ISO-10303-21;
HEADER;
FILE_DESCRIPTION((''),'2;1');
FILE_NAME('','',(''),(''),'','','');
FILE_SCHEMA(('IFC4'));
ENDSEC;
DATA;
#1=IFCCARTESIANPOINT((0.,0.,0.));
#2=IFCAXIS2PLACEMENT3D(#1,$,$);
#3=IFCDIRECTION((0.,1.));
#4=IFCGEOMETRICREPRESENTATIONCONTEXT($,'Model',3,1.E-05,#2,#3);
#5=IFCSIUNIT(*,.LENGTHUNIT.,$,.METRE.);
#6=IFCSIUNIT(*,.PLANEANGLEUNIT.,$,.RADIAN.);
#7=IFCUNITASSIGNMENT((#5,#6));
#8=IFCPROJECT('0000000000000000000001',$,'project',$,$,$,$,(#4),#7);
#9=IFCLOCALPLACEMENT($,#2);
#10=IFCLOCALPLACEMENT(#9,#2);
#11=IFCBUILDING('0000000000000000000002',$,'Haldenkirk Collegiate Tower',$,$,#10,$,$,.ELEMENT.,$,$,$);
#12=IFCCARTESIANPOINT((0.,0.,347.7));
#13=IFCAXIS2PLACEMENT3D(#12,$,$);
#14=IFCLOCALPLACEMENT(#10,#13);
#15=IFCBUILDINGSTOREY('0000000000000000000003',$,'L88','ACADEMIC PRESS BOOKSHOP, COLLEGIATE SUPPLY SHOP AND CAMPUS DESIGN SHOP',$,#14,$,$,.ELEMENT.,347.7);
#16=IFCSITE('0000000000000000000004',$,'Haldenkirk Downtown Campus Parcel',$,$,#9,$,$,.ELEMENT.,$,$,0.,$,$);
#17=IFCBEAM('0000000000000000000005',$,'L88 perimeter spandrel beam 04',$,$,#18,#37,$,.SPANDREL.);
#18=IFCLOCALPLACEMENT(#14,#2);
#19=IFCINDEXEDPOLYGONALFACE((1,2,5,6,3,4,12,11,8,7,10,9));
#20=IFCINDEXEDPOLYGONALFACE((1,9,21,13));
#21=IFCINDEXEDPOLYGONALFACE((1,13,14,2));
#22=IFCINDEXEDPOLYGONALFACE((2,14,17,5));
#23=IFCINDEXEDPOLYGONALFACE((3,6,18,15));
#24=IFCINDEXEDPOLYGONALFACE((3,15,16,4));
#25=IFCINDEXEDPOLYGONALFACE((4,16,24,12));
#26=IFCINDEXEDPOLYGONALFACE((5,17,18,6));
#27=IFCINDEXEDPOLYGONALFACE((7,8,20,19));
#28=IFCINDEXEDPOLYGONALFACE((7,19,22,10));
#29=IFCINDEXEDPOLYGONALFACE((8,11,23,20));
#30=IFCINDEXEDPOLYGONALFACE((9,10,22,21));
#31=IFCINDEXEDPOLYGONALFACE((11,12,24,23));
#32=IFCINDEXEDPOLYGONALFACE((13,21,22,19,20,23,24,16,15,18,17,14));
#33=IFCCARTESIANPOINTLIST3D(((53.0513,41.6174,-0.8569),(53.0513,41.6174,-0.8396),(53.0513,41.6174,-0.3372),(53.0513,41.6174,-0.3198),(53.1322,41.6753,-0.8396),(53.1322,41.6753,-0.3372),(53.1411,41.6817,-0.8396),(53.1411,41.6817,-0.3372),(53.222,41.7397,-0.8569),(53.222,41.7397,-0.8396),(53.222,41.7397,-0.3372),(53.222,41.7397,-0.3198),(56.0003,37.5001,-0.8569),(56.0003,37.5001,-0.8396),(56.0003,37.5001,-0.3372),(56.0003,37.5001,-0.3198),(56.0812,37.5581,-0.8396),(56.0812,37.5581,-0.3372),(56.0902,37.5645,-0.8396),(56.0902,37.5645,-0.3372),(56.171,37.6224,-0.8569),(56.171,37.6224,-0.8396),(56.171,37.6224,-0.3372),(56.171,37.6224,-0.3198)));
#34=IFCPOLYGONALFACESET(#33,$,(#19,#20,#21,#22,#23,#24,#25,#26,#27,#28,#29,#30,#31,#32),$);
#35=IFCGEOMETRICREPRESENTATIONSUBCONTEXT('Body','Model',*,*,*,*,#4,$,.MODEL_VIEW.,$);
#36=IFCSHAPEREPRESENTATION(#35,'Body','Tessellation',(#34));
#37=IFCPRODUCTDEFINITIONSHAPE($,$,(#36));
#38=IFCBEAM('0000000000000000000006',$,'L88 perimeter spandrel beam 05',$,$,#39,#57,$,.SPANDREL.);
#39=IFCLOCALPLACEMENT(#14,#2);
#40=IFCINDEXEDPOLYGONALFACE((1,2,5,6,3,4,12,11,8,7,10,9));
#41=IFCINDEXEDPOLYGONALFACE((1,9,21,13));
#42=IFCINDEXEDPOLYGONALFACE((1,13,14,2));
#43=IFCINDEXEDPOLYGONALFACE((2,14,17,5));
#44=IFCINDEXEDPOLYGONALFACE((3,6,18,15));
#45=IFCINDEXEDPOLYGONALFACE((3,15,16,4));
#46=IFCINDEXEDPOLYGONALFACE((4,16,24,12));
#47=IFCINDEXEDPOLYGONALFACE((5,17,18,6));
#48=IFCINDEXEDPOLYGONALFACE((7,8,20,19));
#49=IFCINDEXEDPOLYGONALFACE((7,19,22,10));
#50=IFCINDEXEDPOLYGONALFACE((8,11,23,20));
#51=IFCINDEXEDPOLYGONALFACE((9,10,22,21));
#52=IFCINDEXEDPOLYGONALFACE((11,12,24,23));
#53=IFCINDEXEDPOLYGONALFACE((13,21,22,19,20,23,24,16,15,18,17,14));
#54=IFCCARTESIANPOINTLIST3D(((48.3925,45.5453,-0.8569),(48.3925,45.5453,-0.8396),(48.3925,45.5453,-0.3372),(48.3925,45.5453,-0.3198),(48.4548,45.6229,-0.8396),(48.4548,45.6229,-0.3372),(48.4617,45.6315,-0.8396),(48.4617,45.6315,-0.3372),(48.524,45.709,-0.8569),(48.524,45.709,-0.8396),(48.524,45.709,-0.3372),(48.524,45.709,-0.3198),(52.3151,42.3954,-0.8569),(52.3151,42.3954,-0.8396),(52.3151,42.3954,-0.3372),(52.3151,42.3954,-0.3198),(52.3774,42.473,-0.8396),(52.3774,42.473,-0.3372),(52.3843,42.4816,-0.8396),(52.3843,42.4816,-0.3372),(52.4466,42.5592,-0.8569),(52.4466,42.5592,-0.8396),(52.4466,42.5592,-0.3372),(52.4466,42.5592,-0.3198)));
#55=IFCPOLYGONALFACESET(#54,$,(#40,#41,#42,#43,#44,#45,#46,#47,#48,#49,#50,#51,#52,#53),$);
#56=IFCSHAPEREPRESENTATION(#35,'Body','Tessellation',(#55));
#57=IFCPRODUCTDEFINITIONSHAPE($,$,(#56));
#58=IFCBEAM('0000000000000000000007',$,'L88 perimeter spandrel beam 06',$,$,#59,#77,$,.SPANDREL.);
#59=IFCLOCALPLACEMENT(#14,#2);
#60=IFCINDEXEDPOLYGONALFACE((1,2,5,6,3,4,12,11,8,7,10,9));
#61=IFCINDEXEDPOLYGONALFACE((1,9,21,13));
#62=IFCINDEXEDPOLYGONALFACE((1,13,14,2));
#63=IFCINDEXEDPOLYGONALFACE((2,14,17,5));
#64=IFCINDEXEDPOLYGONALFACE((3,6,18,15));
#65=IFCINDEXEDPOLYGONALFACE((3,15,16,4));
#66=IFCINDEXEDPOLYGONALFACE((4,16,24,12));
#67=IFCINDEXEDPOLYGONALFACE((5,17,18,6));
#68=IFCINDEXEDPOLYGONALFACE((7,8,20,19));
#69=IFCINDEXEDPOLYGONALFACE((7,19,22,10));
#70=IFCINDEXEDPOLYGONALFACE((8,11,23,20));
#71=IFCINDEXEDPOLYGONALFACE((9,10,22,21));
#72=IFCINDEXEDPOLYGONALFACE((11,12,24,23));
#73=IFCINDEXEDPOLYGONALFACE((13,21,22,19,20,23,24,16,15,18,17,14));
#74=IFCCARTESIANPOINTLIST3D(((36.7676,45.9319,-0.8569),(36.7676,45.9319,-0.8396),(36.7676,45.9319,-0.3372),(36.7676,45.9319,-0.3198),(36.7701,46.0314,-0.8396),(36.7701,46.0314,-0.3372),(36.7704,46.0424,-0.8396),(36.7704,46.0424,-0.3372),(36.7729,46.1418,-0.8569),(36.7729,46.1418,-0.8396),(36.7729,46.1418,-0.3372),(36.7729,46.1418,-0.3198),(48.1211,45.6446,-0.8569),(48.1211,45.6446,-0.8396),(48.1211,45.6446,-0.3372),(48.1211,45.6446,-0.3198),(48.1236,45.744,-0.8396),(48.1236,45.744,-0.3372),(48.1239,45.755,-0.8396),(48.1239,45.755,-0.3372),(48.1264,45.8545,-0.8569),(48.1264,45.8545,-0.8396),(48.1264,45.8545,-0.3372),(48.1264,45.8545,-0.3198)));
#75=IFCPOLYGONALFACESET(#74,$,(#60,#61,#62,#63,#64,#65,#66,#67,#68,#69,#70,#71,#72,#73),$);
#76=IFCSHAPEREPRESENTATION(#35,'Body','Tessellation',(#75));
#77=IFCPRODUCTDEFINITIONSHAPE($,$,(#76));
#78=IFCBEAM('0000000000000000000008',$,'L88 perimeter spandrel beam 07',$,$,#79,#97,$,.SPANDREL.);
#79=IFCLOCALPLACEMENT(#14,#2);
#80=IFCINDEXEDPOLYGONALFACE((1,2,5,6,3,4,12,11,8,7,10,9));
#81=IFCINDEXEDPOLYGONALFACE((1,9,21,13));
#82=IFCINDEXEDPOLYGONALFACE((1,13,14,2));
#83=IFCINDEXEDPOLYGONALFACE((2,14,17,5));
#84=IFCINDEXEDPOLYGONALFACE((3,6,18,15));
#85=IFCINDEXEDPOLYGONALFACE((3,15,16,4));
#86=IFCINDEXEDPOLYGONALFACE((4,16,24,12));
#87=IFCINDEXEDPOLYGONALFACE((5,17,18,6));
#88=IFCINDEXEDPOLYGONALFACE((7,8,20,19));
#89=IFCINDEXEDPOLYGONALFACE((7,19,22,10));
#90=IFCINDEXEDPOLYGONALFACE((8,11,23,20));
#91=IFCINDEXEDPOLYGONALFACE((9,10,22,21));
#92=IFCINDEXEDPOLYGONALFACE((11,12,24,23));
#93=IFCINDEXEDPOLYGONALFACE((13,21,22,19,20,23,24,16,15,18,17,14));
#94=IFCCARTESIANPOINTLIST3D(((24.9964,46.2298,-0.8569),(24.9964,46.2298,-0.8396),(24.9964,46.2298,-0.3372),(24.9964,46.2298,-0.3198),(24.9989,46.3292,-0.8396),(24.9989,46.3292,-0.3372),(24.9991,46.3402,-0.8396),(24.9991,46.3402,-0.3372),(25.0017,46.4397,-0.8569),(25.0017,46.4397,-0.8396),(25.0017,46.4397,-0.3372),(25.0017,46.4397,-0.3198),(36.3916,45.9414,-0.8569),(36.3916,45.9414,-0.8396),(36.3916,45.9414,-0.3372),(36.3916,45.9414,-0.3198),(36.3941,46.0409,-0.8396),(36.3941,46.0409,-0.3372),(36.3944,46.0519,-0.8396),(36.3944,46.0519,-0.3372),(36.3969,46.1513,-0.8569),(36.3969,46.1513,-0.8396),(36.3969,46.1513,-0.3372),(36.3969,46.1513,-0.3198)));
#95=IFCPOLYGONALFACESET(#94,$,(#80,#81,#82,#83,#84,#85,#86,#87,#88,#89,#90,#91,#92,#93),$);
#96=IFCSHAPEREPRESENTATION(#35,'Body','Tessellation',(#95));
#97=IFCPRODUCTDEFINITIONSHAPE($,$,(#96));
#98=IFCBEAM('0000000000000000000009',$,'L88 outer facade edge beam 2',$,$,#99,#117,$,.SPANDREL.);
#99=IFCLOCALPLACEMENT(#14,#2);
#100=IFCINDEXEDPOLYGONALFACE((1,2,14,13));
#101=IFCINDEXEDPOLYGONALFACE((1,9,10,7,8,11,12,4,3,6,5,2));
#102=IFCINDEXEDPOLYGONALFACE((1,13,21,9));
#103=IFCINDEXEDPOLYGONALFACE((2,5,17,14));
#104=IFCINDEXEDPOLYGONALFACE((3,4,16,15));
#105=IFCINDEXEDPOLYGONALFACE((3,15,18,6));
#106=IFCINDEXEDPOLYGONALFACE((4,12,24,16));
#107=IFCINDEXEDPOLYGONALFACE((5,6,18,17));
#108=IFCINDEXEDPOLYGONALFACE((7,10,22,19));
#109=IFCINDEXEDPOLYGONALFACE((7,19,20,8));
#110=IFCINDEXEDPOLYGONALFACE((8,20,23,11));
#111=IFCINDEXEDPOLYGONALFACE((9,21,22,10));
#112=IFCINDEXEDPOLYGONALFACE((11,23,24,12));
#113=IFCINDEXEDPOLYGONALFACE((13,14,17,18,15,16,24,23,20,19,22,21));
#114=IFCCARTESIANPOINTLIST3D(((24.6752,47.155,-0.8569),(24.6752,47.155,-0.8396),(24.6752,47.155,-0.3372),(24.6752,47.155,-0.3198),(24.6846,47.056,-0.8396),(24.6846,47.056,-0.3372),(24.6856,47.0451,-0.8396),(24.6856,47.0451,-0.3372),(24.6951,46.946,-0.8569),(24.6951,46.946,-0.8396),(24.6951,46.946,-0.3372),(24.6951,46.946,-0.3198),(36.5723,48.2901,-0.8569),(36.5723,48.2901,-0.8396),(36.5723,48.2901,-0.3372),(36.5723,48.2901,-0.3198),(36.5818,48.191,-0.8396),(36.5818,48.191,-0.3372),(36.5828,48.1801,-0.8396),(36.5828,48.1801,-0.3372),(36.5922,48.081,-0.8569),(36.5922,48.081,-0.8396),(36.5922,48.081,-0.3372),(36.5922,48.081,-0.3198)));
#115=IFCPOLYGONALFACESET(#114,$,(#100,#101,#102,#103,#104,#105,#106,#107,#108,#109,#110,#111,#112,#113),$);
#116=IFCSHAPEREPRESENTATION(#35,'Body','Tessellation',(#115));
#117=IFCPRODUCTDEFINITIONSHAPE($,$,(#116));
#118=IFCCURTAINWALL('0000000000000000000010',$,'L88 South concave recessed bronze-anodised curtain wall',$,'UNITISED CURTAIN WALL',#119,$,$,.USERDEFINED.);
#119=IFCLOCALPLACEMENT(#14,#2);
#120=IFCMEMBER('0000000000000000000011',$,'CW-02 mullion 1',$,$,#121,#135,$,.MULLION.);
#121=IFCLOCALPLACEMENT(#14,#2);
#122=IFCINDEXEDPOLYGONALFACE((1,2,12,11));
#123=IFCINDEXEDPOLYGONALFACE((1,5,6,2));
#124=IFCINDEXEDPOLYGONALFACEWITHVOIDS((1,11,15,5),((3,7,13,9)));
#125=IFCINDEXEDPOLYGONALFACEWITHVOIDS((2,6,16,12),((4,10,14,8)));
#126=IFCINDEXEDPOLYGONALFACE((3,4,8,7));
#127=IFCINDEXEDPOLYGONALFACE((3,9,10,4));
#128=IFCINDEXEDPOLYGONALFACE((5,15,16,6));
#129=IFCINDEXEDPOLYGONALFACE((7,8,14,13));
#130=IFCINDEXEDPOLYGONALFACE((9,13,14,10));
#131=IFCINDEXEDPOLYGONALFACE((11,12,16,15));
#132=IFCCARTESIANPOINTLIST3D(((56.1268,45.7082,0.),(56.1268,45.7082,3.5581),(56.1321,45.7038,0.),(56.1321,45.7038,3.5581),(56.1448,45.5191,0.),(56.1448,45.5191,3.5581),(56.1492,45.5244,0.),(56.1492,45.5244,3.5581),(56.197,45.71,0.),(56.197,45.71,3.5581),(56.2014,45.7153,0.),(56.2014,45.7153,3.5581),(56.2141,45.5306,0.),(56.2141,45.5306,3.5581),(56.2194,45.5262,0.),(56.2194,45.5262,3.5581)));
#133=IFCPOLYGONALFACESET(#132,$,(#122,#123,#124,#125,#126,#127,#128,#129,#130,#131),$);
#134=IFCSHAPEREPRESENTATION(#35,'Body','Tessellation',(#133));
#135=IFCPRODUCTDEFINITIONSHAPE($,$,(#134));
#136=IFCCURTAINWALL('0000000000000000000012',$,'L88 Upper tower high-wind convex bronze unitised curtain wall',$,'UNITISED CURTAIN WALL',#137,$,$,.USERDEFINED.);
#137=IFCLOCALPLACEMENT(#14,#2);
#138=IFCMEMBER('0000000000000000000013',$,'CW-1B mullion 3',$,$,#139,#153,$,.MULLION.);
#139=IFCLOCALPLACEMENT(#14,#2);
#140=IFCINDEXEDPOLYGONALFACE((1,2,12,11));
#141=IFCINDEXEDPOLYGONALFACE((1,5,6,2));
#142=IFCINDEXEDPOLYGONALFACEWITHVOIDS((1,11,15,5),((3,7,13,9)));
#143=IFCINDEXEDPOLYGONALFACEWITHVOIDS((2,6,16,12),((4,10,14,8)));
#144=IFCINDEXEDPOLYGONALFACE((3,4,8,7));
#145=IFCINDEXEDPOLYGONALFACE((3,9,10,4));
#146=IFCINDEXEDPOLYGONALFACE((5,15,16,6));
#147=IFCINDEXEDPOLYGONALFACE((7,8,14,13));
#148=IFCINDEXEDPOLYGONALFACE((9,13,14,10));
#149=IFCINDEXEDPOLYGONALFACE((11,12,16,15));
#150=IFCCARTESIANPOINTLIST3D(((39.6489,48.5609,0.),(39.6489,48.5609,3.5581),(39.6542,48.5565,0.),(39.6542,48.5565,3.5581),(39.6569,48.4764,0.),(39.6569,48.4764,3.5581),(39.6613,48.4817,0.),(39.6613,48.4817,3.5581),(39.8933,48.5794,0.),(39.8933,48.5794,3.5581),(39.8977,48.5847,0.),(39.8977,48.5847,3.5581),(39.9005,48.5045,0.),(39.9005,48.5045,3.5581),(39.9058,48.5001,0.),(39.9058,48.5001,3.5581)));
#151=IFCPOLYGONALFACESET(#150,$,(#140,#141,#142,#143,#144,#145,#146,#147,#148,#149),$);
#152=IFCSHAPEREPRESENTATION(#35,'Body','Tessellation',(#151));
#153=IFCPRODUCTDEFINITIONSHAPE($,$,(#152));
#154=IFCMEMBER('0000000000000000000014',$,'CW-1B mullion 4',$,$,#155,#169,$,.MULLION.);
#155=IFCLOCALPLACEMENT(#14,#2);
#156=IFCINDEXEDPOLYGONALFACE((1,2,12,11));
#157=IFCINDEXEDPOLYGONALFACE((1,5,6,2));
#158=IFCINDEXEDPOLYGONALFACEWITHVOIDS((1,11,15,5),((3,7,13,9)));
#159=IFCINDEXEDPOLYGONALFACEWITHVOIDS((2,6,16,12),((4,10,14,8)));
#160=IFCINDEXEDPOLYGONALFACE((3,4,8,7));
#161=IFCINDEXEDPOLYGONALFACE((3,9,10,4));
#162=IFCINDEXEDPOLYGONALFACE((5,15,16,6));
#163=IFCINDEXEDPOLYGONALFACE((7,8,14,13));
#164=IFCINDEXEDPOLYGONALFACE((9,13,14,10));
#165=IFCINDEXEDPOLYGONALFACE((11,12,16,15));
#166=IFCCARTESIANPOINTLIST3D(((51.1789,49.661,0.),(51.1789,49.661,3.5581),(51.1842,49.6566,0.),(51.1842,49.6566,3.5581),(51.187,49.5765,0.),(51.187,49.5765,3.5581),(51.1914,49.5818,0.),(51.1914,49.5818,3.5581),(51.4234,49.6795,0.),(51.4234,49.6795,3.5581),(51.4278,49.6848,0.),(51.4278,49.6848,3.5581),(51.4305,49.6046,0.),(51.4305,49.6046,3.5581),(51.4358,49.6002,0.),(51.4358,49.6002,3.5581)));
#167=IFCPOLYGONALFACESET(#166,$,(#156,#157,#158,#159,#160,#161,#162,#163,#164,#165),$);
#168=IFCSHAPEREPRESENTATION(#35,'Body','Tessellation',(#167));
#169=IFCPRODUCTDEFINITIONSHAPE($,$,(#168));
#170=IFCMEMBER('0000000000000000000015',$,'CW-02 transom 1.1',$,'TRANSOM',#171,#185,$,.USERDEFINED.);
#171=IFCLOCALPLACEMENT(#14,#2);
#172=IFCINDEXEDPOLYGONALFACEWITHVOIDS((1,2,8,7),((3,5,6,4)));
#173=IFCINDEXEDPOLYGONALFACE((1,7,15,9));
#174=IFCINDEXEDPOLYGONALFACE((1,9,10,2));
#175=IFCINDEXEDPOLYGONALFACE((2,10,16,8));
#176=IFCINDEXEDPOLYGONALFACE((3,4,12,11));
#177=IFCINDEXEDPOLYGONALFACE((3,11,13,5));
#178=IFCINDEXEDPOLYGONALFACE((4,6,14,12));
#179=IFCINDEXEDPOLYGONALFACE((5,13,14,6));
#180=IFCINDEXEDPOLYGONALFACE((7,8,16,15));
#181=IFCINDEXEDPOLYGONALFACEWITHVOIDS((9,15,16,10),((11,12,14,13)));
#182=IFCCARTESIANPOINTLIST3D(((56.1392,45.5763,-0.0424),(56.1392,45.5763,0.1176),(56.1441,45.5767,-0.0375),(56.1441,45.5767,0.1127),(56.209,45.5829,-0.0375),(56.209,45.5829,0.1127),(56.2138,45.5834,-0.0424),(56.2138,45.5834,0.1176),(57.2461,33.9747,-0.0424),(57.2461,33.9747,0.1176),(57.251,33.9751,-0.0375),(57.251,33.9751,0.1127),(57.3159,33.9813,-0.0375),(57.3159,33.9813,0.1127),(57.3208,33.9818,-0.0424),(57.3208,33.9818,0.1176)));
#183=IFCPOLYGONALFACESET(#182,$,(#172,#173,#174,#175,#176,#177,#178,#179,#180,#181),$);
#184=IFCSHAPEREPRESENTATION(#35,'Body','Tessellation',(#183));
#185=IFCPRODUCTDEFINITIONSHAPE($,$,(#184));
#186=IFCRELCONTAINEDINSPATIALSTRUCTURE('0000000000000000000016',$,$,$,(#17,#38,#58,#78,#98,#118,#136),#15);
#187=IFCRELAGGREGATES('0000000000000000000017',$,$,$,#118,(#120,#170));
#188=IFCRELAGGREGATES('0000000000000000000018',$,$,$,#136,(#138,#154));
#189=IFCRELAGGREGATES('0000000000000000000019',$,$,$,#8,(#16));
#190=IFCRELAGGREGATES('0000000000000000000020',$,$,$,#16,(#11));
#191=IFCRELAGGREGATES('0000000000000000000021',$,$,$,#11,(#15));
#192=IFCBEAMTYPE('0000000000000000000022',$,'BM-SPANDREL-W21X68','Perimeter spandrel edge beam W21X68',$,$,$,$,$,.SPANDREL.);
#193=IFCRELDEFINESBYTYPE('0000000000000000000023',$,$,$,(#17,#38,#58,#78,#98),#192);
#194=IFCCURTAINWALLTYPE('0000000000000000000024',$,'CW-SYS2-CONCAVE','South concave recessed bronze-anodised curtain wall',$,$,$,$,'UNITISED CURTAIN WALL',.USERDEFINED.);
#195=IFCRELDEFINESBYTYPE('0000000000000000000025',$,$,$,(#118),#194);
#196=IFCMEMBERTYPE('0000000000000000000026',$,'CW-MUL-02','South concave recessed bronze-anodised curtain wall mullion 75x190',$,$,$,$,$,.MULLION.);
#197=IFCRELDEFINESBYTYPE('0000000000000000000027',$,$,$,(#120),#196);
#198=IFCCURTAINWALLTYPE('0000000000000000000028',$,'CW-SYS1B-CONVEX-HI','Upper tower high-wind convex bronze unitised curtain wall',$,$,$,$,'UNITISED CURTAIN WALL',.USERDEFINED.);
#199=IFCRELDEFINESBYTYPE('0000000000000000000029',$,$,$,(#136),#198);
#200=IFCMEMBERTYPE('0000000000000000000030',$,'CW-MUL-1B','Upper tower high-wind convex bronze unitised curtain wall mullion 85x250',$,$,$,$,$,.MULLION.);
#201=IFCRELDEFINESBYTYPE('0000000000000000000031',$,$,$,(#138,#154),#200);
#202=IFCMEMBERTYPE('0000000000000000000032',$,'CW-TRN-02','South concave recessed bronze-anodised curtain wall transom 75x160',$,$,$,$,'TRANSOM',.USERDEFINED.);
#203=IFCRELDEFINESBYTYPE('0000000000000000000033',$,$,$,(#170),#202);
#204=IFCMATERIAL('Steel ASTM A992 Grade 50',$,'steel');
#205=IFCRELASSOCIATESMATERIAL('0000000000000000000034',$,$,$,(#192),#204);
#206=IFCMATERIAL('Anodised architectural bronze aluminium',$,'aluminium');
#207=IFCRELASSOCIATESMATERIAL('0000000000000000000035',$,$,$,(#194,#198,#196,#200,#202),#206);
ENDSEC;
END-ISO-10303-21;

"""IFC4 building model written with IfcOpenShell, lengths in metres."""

from ifc_helpers import new_model, si_unit, direction, frame, origin, origin_2d, place, context, subcontext, project, spatial, hollow_rectangle, i_section, extrude, material, material_profile, profile_set, type_object, element, aggregate, save


model = new_model("IFC4")

# Units and contexts
model_context = context("Model", 3, precision=1e-05, world=origin(), true_north=direction((0.0, 1.0)))
body_context = subcontext(model_context, "Body", "Model", "MODEL_VIEW")
ifc_project = project(units=[si_unit("LENGTHUNIT", "METRE"), si_unit("PLANEANGLEUNIT", "RADIAN")], contexts=[model_context])

# Site, building, storey
site_placement = place(None, origin())
site = spatial("IfcSite", under=ifc_project, at=site_placement, Name="Haldenkirk Downtown Campus Parcel", CompositionType="ELEMENT", RefElevation=0.0)
building_placement = place(site_placement, origin())
building = spatial("IfcBuilding", under=site, at=building_placement, Name="Haldenkirk Collegiate Tower", CompositionType="ELEMENT")
storey_placement = place(building_placement, frame((0.0, 0.0, 347.7)))
storey = spatial("IfcBuildingStorey", under=building, at=storey_placement, Name="L88", Description="ACADEMIC PRESS BOOKSHOP, COLLEGIATE SUPPLY SHOP AND CAMPUS DESIGN SHOP", CompositionType="ELEMENT", Elevation=347.7)

# Beams
ifc_material_1 = material(Name="Steel ASTM A992 Grade 50", Category="steel")
ifc_material_profile_1 = material_profile(ifc_material_1, i_section(OverallWidth=0.21, OverallDepth=0.5371, WebThickness=0.011, FlangeThickness=0.0173, at=origin_2d()), Name="W21X68")
ifc_profile_set_1 = profile_set([ifc_material_profile_1], Name="Steel ASTM A992 Grade 50")
beam_type_1 = type_object("IfcBeamType", Name="BM-SPANDREL-W21X68", Description="Perimeter spandrel edge beam W21X68", PredefinedType="SPANDREL", material=ifc_profile_set_1)
beam_1_placement = place(storey_placement, frame((56.0857, 37.5613, -0.5884), z_axis=(-0.5823, 0.812974, 0.0), x_axis=(-0.812974, -0.5823, 0.0)))
element("IfcBeam", 1, at=beam_1_placement, inside=storey, type_object=beam_type_1, Name="L88 perimeter spandrel beam 04", PredefinedType="SPANDREL", context=body_context, shape_type="SweptSolid", body=[
    extrude(i_section(OverallWidth=0.21, OverallDepth=0.5371, WebThickness=0.011, FlangeThickness=0.0173, at=origin_2d()), origin(), (0.0, 0.0, 1.0), 5.0645),
])
beam_2_placement = place(storey_placement, frame((52.3809, 42.4773, -0.5884), z_axis=(-0.779722, 0.626126, 0.0), x_axis=(-0.626126, -0.779722, 0.0)))
element("IfcBeam", 2, at=beam_2_placement, inside=storey, type_object=beam_type_1, Name="L88 perimeter spandrel beam 05", PredefinedType="SPANDREL", context=body_context, shape_type="SweptSolid", body=[
    extrude(i_section(OverallWidth=0.21, OverallDepth=0.5371, WebThickness=0.011, FlangeThickness=0.0173, at=origin_2d()), origin(), (0.0, 0.0, 1.0), 5.0308),
])
beam_3_placement = place(storey_placement, frame((48.1238, 45.7495, -0.5884), z_axis=(-0.99968, 0.025302, 0.0), x_axis=(-0.025302, -0.99968, 0.0)))
element("IfcBeam", 3, at=beam_3_placement, inside=storey, type_object=beam_type_1, Name="L88 perimeter spandrel beam 06", PredefinedType="SPANDREL", context=body_context, shape_type="SweptSolid", body=[
    extrude(i_section(OverallWidth=0.21, OverallDepth=0.5371, WebThickness=0.011, FlangeThickness=0.0173, at=origin_2d()), origin(), (0.0, 0.0, 1.0), 11.3572),
])
beam_4_placement = place(storey_placement, frame((36.3943, 46.0464, -0.5884), z_axis=(-0.99968, 0.025295, 0.0), x_axis=(-0.025295, -0.99968, 0.0)))
element("IfcBeam", 4, at=beam_4_placement, inside=storey, type_object=beam_type_1, Name="L88 perimeter spandrel beam 07", PredefinedType="SPANDREL", context=body_context, shape_type="SweptSolid", body=[
    extrude(i_section(OverallWidth=0.21, OverallDepth=0.5371, WebThickness=0.011, FlangeThickness=0.0173, at=origin_2d()), origin(), (0.0, 0.0, 1.0), 11.3989),
])
beam_5_placement = place(storey_placement, frame((36.5823, 48.1855, -0.5884), z_axis=(-0.99548, -0.09497, 0.0), x_axis=(0.09497, -0.99548, 0.0)))
element("IfcBeam", 5, at=beam_5_placement, inside=storey, type_object=beam_type_1, Name="L88 outer facade edge beam 2", PredefinedType="SPANDREL", context=body_context, shape_type="SweptSolid", body=[
    extrude(i_section(OverallWidth=0.21, OverallDepth=0.5371, WebThickness=0.011, FlangeThickness=0.0173, at=origin_2d()), origin(), (0.0, 0.0, 1.0), 11.9512),
])

# Curtain wall, member
ifc_material_2 = material(Name="Anodised architectural bronze aluminium", Category="aluminium")
curtain_wall_type_1 = type_object("IfcCurtainWallType", Name="CW-SYS2-CONCAVE", Description="South concave recessed bronze-anodised curtain wall", ElementType="UNITISED CURTAIN WALL", PredefinedType="USERDEFINED", material=ifc_material_2)
curtain_wall_1_placement = place(storey_placement, origin())
curtain_wall_1 = element("IfcCurtainWall", 6, at=curtain_wall_1_placement, inside=storey, type_object=curtain_wall_type_1, Name="L88 South concave recessed bronze-anodised curtain wall", ObjectType="UNITISED CURTAIN WALL", PredefinedType="USERDEFINED")
ifc_material_profile_2 = material_profile(ifc_material_2, hollow_rectangle(XDim=0.075, YDim=0.1899, WallThickness=0.0049, at=origin_2d()), Name="CW-MUL-02")
ifc_profile_set_2 = profile_set([ifc_material_profile_2], Name="Anodised architectural bronze aluminium")
member_type_1 = type_object("IfcMemberType", Name="CW-MUL-02", Description="South concave recessed bronze-anodised curtain wall mullion 75x190", PredefinedType="MULLION", material=ifc_profile_set_2)
member_1_placement = place(storey_placement, frame((56.1731, 45.6172, 0.0), z_axis=(0.0, 0.0, 1.0), x_axis=(0.99548, 0.094974, 0.0)))
member_1 = element("IfcMember", 7, at=member_1_placement, type_object=member_type_1, Name="CW-02 mullion 1", PredefinedType="MULLION", context=body_context, shape_type="SweptSolid", body=[
    extrude(hollow_rectangle(XDim=0.075, YDim=0.1899, WallThickness=0.0049, at=origin_2d()), origin(), (0.0, 0.0, 1.0), 3.5581),
])

# Curtain wall, members
curtain_wall_type_2 = type_object("IfcCurtainWallType", Name="CW-SYS1B-CONVEX-HI", Description="Upper tower high-wind convex bronze unitised curtain wall", ElementType="UNITISED CURTAIN WALL", PredefinedType="USERDEFINED", material=ifc_material_2)
curtain_wall_2_placement = place(storey_placement, origin())
curtain_wall_2 = element("IfcCurtainWall", 8, at=curtain_wall_2_placement, inside=storey, type_object=curtain_wall_type_2, Name="L88 Upper tower high-wind convex bronze unitised curtain wall", ObjectType="UNITISED CURTAIN WALL", PredefinedType="USERDEFINED")
ifc_material_profile_3 = material_profile(ifc_material_2, hollow_rectangle(XDim=0.085, YDim=0.25, WallThickness=0.0049, at=origin_2d()), Name="CW-MUL-1B")
ifc_profile_set_3 = profile_set([ifc_material_profile_3], Name="Anodised architectural bronze aluminium")
member_type_2 = type_object("IfcMemberType", Name="CW-MUL-1B", Description="Upper tower high-wind convex bronze unitised curtain wall mullion 85x250", PredefinedType="MULLION", material=ifc_profile_set_3)
member_2_placement = place(storey_placement, frame((39.7773, 48.5305, 0.0), z_axis=(0.0, 0.0, 1.0), x_axis=(-0.094976, 0.99548, 0.0)))
member_2 = element("IfcMember", 9, at=member_2_placement, type_object=member_type_2, Name="CW-1B mullion 3", PredefinedType="MULLION", context=body_context, shape_type="SweptSolid", body=[
    extrude(hollow_rectangle(XDim=0.085, YDim=0.25, WallThickness=0.0049, at=origin_2d()), origin(), (0.0, 0.0, 1.0), 3.5581),
])
member_3_placement = place(storey_placement, frame((51.3074, 49.6306, 0.0), z_axis=(0.0, 0.0, 1.0), x_axis=(-0.094976, 0.99548, 0.0)))
member_3 = element("IfcMember", 10, at=member_3_placement, type_object=member_type_2, Name="CW-1B mullion 4", PredefinedType="MULLION", context=body_context, shape_type="SweptSolid", body=[
    extrude(hollow_rectangle(XDim=0.085, YDim=0.25, WallThickness=0.0049, at=origin_2d()), origin(), (0.0, 0.0, 1.0), 3.5581),
])

# Member
ifc_material_profile_4 = material_profile(ifc_material_2, hollow_rectangle(XDim=0.075, YDim=0.1599, WallThickness=0.0049, at=origin_2d()), Name="CW-TRN-02")
ifc_profile_set_4 = profile_set([ifc_material_profile_4], Name="Anodised architectural bronze aluminium")
member_type_3 = type_object("IfcMemberType", Name="CW-TRN-02", Description="South concave recessed bronze-anodised curtain wall transom 75x160", ElementType="TRANSOM", PredefinedType="USERDEFINED", material=ifc_profile_set_4)
member_4_placement = place(storey_placement, frame((56.1765, 45.5798, 0.0376), z_axis=(0.094981, -0.995479, 0.0), x_axis=(0.995479, 0.094981, 0.0)))
member_4 = element("IfcMember", 11, at=member_4_placement, type_object=member_type_3, Name="CW-02 transom 1.1", ObjectType="TRANSOM", PredefinedType="USERDEFINED", context=body_context, shape_type="SweptSolid", body=[
    extrude(hollow_rectangle(XDim=0.075, YDim=0.1599, WallThickness=0.0049, at=origin_2d()), origin(), (0.0, 0.0, 1.0), 11.6543),
])

aggregate(curtain_wall_1, [member_1, member_4])
aggregate(curtain_wall_2, [member_2, member_3])

save(model, "model.ifc")
